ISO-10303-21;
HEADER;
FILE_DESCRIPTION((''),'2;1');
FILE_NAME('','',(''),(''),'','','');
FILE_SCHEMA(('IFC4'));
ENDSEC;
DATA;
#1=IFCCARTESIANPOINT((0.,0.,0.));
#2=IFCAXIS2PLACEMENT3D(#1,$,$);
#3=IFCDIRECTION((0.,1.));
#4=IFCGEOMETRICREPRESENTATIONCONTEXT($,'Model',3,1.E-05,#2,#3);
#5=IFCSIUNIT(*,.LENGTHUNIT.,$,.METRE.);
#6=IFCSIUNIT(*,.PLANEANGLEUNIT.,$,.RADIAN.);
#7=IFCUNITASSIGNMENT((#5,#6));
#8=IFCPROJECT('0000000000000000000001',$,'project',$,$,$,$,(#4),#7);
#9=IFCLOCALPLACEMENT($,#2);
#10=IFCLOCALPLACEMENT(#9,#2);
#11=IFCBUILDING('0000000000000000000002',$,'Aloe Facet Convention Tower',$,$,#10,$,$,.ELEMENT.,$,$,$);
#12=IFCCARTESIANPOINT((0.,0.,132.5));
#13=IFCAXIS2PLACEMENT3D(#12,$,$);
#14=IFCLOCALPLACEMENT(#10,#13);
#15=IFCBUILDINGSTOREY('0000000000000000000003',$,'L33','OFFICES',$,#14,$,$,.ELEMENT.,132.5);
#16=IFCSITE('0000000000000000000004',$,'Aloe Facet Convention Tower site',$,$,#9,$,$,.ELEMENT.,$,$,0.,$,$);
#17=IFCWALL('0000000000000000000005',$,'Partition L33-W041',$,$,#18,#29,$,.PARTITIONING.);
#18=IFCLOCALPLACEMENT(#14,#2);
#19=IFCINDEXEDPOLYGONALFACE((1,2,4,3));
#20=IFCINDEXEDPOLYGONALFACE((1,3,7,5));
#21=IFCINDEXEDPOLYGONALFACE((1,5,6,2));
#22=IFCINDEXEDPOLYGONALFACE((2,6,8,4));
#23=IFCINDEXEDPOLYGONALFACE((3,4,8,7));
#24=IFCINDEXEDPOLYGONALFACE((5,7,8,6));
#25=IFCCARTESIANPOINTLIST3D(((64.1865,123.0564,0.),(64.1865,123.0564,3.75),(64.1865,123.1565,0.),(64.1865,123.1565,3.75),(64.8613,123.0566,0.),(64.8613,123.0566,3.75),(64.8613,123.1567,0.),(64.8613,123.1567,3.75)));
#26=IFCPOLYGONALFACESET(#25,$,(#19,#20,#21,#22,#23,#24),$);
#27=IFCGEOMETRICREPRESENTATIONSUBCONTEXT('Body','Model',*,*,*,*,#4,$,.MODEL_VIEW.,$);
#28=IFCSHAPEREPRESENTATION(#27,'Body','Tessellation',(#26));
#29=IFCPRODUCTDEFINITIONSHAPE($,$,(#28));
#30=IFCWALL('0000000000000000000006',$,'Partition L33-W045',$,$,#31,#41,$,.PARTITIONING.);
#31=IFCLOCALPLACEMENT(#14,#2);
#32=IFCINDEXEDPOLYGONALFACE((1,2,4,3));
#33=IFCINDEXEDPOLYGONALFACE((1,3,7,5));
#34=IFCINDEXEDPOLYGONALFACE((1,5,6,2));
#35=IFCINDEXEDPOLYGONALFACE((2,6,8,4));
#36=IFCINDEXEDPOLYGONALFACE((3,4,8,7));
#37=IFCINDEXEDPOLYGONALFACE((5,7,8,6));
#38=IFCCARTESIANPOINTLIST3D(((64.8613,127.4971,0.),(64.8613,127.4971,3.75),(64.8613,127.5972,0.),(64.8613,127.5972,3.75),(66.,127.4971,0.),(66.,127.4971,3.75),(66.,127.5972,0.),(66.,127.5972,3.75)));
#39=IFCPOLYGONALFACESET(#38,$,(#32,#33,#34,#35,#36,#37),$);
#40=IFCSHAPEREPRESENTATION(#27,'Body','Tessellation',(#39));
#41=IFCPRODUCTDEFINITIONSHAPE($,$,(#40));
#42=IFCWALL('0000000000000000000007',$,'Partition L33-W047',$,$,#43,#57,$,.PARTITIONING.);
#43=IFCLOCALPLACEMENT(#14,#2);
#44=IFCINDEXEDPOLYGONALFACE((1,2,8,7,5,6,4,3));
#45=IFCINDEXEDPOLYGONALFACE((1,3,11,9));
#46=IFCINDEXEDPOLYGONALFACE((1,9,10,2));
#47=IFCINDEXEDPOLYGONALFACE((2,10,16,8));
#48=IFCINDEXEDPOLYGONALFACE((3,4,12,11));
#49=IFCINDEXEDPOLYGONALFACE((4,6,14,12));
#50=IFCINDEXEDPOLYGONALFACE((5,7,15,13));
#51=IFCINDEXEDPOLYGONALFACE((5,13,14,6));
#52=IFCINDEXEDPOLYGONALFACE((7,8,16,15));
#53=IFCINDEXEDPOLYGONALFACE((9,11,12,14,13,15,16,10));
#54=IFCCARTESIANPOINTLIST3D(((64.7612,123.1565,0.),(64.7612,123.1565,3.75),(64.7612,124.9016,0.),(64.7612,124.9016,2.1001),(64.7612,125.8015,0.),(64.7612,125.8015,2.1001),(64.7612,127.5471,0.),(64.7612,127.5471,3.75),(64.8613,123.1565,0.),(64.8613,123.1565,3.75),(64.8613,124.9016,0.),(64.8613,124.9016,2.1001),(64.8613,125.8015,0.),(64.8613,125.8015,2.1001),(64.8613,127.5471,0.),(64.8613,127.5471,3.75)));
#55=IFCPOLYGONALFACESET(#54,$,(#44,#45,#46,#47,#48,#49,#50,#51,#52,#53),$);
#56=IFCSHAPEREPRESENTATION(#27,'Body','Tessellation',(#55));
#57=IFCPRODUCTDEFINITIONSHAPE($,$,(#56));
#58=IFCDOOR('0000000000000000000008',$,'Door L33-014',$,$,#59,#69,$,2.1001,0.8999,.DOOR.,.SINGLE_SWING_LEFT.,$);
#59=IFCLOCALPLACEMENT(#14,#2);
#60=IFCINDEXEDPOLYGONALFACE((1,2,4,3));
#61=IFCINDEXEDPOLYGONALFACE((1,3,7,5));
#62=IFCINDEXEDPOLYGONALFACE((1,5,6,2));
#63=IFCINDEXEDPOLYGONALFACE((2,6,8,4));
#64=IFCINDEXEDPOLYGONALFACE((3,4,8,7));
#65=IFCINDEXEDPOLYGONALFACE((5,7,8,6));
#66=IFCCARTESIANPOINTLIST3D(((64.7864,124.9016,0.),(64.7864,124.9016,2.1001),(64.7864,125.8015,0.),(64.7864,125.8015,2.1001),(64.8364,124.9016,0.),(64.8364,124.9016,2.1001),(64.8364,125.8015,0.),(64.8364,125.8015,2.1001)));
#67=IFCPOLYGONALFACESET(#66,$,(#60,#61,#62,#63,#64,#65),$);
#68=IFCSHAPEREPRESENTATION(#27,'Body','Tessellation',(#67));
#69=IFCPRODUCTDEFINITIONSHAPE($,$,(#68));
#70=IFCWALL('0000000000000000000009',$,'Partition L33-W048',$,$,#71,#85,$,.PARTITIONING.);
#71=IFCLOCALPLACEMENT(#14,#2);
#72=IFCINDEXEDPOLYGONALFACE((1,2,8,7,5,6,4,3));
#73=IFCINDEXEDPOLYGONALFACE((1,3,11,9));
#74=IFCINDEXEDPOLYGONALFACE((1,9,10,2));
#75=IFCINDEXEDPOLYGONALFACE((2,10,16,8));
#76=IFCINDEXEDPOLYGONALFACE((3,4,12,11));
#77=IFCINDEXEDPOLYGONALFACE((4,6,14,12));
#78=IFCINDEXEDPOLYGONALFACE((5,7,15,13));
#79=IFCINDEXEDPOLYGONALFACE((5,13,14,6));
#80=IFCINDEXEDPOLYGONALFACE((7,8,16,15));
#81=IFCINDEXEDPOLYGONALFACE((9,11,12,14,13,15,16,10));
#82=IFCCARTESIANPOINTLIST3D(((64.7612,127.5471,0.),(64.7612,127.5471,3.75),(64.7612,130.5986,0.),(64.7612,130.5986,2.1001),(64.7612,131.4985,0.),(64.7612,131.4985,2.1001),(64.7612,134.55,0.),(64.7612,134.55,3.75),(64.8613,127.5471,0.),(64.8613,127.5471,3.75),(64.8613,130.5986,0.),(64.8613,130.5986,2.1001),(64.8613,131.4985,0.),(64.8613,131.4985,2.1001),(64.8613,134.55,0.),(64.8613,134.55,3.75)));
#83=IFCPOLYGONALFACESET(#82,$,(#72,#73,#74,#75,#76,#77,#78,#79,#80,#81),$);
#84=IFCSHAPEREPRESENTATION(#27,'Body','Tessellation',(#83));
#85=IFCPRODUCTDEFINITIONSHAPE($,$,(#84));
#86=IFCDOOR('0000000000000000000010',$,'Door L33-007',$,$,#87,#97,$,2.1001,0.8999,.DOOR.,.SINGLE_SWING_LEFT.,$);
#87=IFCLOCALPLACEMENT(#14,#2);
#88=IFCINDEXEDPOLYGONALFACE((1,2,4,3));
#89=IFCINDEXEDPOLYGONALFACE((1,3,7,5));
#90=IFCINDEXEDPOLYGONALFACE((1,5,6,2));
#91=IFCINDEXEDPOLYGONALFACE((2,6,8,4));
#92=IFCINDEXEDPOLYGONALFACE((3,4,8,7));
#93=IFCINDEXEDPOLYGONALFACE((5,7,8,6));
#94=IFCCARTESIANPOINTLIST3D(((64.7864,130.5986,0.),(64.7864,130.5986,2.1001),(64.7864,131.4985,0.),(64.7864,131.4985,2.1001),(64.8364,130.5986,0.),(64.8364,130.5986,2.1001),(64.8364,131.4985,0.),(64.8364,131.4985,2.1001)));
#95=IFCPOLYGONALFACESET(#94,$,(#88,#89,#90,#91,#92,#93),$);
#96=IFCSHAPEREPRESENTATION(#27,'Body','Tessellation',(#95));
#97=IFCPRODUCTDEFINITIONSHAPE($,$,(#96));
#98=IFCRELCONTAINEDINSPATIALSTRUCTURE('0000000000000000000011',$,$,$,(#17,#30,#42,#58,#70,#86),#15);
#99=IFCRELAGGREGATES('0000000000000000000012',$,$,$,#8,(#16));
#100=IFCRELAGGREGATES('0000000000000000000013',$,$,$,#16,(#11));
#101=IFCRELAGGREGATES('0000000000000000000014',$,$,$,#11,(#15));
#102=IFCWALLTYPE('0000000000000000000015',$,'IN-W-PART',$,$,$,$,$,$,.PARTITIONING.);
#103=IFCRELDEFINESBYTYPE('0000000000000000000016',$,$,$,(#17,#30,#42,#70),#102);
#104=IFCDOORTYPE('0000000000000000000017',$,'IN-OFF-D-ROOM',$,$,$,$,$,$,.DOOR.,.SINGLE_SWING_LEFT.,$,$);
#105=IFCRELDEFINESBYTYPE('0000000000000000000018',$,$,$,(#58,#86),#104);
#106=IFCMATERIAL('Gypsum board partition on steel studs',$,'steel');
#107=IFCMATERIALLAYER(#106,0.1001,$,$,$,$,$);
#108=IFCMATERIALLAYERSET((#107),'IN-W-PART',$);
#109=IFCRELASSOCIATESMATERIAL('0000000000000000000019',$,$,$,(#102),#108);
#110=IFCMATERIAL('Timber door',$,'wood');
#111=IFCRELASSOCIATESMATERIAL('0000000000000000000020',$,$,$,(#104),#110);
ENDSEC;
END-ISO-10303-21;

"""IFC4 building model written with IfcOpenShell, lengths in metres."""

from ifc_helpers import new_model, si_unit, direction, frame, frame_2d, origin, place, context, subcontext, project, spatial, rectangle, extrude, material, layer, layer_set, type_object, element, fill, save


model = new_model("IFC4")

# Units and contexts
model_context = context("Model", 3, precision=1e-05, world=origin(), true_north=direction((0.0, 1.0)))
body_context = subcontext(model_context, "Body", "Model", "MODEL_VIEW")
ifc_project = project(units=[si_unit("LENGTHUNIT", "METRE"), si_unit("PLANEANGLEUNIT", "RADIAN")], contexts=[model_context])

# Site, building, storey
site_placement = place(None, origin())
site = spatial("IfcSite", under=ifc_project, at=site_placement, Name="Aloe Facet Convention Tower site", CompositionType="ELEMENT", RefElevation=0.0)
building_placement = place(site_placement, origin())
building = spatial("IfcBuilding", under=site, at=building_placement, Name="Aloe Facet Convention Tower", CompositionType="ELEMENT")
storey_placement = place(building_placement, frame((0.0, 0.0, 132.5)))
storey = spatial("IfcBuildingStorey", under=building, at=storey_placement, Name="L33", Description="OFFICES", CompositionType="ELEMENT", Elevation=132.5)

# Walls
ifc_material_1 = material(Name="Gypsum board partition on steel studs", Category="steel")
ifc_layer_1 = layer(ifc_material_1, 0.1001)
ifc_layer_set_1 = layer_set([ifc_layer_1], Name="IN-W-PART")
wall_type_1 = type_object("IfcWallType", Name="IN-W-PART", PredefinedType="PARTITIONING", material=ifc_layer_set_1)
wall_1_placement = place(storey_placement, frame((64.1865, 123.1064, 0.0), z_axis=(0.0, 0.0, 1.0), x_axis=(1.0, 0.000362, 0.0)))
element("IfcWall", 1, at=wall_1_placement, inside=storey, type_object=wall_type_1, Name="Partition L33-W041", PredefinedType="PARTITIONING", context=body_context, shape_type="SweptSolid", body=[
    extrude(rectangle(XDim=0.6748, YDim=0.1001, at=frame_2d((0.3374, 0.0))), origin(), (0.0, 0.0, 1.0), 3.75),
])
wall_2_placement = place(storey_placement, frame((64.8613, 127.5471, 0.0), z_axis=(0.0, 0.0, 1.0), x_axis=(1.0, 0.0, 0.0)))
element("IfcWall", 2, at=wall_2_placement, inside=storey, type_object=wall_type_1, Name="Partition L33-W045", PredefinedType="PARTITIONING", context=body_context, shape_type="SweptSolid", body=[
    extrude(rectangle(XDim=1.1387, YDim=0.1001, at=frame_2d((0.5693, 0.0))), origin(), (0.0, 0.0, 1.0), 3.75),
])

# Walls, openings, doors
wall_3_placement = place(storey_placement, frame((64.8113, 123.1565, 0.0), z_axis=(0.0, 0.0, 1.0), x_axis=(0.0, 1.0, 0.0)))
wall_3 = element("IfcWall", 3, at=wall_3_placement, inside=storey, type_object=wall_type_1, Name="Partition L33-W047", PredefinedType="PARTITIONING", context=body_context, shape_type="SweptSolid", body=[
    extrude(rectangle(XDim=4.3906, YDim=0.1001, at=frame_2d((2.1953, 0.0))), origin(), (0.0, 0.0, 1.0), 3.75),
])
opening_1_placement = place(wall_3_placement, frame((1.7451, 0.0, 0.0)))
opening_1 = element("IfcOpeningElement", 4, at=opening_1_placement, cuts=wall_3, PredefinedType="OPENING", context=body_context, shape_type="SweptSolid", body=[
    extrude(rectangle(XDim=0.8999, YDim=2.1001, at=frame_2d((0.45, 1.05))), frame((0.0, 0.0601, 0.0), z_axis=(0.0, -1.0, 0.0), x_axis=(1.0, 0.0, 0.0)), (0.0, 0.0, 1.0), 0.1201),
])
ifc_material_2 = material(Name="Timber door", Category="wood")
door_type = type_object("IfcDoorType", Name="IN-OFF-D-ROOM", OperationType="SINGLE_SWING_LEFT", PredefinedType="DOOR", material=ifc_material_2)
door_1_placement = place(opening_1_placement, origin())
door_1 = element("IfcDoor", 5, at=door_1_placement, inside=storey, type_object=door_type, Name="Door L33-014", OperationType="SINGLE_SWING_LEFT", OverallHeight=2.1001, OverallWidth=0.8999, PredefinedType="DOOR", context=body_context, shape_type="SweptSolid", body=[
    extrude(rectangle(XDim=0.8999, YDim=2.1001, at=frame_2d((0.45, 1.05))), frame((0.0, 0.0249, 0.0), z_axis=(0.0, -1.0, 0.0), x_axis=(1.0, 0.0, 0.0)), (0.0, 0.0, 1.0), 0.05),
])
fill(opening_1, door_1)
wall_4_placement = place(storey_placement, frame((64.8113, 127.5471, 0.0), z_axis=(0.0, 0.0, 1.0), x_axis=(0.0, 1.0, 0.0)))
wall_4 = element("IfcWall", 6, at=wall_4_placement, inside=storey, type_object=wall_type_1, Name="Partition L33-W048", PredefinedType="PARTITIONING", context=body_context, shape_type="SweptSolid", body=[
    extrude(rectangle(XDim=7.0029, YDim=0.1001, at=frame_2d((3.5015, 0.0))), origin(), (0.0, 0.0, 1.0), 3.75),
])
opening_2_placement = place(wall_4_placement, frame((3.0515, 0.0, 0.0)))
opening_2 = element("IfcOpeningElement", 7, at=opening_2_placement, cuts=wall_4, PredefinedType="OPENING", context=body_context, shape_type="SweptSolid", body=[
    extrude(rectangle(XDim=0.8999, YDim=2.1001, at=frame_2d((0.45, 1.05))), frame((0.0, 0.0601, 0.0), z_axis=(0.0, -1.0, 0.0), x_axis=(1.0, 0.0, 0.0)), (0.0, 0.0, 1.0), 0.1201),
])
door_2_placement = place(opening_2_placement, origin())
door_2 = element("IfcDoor", 8, at=door_2_placement, inside=storey, type_object=door_type, Name="Door L33-007", OperationType="SINGLE_SWING_LEFT", OverallHeight=2.1001, OverallWidth=0.8999, PredefinedType="DOOR", context=body_context, shape_type="SweptSolid", body=[
    extrude(rectangle(XDim=0.8999, YDim=2.1001, at=frame_2d((0.45, 1.05))), frame((0.0, 0.0249, 0.0), z_axis=(0.0, -1.0, 0.0), x_axis=(1.0, 0.0, 0.0)), (0.0, 0.0, 1.0), 0.05),
])
fill(opening_2, door_2)

save(model, "model.ifc")
